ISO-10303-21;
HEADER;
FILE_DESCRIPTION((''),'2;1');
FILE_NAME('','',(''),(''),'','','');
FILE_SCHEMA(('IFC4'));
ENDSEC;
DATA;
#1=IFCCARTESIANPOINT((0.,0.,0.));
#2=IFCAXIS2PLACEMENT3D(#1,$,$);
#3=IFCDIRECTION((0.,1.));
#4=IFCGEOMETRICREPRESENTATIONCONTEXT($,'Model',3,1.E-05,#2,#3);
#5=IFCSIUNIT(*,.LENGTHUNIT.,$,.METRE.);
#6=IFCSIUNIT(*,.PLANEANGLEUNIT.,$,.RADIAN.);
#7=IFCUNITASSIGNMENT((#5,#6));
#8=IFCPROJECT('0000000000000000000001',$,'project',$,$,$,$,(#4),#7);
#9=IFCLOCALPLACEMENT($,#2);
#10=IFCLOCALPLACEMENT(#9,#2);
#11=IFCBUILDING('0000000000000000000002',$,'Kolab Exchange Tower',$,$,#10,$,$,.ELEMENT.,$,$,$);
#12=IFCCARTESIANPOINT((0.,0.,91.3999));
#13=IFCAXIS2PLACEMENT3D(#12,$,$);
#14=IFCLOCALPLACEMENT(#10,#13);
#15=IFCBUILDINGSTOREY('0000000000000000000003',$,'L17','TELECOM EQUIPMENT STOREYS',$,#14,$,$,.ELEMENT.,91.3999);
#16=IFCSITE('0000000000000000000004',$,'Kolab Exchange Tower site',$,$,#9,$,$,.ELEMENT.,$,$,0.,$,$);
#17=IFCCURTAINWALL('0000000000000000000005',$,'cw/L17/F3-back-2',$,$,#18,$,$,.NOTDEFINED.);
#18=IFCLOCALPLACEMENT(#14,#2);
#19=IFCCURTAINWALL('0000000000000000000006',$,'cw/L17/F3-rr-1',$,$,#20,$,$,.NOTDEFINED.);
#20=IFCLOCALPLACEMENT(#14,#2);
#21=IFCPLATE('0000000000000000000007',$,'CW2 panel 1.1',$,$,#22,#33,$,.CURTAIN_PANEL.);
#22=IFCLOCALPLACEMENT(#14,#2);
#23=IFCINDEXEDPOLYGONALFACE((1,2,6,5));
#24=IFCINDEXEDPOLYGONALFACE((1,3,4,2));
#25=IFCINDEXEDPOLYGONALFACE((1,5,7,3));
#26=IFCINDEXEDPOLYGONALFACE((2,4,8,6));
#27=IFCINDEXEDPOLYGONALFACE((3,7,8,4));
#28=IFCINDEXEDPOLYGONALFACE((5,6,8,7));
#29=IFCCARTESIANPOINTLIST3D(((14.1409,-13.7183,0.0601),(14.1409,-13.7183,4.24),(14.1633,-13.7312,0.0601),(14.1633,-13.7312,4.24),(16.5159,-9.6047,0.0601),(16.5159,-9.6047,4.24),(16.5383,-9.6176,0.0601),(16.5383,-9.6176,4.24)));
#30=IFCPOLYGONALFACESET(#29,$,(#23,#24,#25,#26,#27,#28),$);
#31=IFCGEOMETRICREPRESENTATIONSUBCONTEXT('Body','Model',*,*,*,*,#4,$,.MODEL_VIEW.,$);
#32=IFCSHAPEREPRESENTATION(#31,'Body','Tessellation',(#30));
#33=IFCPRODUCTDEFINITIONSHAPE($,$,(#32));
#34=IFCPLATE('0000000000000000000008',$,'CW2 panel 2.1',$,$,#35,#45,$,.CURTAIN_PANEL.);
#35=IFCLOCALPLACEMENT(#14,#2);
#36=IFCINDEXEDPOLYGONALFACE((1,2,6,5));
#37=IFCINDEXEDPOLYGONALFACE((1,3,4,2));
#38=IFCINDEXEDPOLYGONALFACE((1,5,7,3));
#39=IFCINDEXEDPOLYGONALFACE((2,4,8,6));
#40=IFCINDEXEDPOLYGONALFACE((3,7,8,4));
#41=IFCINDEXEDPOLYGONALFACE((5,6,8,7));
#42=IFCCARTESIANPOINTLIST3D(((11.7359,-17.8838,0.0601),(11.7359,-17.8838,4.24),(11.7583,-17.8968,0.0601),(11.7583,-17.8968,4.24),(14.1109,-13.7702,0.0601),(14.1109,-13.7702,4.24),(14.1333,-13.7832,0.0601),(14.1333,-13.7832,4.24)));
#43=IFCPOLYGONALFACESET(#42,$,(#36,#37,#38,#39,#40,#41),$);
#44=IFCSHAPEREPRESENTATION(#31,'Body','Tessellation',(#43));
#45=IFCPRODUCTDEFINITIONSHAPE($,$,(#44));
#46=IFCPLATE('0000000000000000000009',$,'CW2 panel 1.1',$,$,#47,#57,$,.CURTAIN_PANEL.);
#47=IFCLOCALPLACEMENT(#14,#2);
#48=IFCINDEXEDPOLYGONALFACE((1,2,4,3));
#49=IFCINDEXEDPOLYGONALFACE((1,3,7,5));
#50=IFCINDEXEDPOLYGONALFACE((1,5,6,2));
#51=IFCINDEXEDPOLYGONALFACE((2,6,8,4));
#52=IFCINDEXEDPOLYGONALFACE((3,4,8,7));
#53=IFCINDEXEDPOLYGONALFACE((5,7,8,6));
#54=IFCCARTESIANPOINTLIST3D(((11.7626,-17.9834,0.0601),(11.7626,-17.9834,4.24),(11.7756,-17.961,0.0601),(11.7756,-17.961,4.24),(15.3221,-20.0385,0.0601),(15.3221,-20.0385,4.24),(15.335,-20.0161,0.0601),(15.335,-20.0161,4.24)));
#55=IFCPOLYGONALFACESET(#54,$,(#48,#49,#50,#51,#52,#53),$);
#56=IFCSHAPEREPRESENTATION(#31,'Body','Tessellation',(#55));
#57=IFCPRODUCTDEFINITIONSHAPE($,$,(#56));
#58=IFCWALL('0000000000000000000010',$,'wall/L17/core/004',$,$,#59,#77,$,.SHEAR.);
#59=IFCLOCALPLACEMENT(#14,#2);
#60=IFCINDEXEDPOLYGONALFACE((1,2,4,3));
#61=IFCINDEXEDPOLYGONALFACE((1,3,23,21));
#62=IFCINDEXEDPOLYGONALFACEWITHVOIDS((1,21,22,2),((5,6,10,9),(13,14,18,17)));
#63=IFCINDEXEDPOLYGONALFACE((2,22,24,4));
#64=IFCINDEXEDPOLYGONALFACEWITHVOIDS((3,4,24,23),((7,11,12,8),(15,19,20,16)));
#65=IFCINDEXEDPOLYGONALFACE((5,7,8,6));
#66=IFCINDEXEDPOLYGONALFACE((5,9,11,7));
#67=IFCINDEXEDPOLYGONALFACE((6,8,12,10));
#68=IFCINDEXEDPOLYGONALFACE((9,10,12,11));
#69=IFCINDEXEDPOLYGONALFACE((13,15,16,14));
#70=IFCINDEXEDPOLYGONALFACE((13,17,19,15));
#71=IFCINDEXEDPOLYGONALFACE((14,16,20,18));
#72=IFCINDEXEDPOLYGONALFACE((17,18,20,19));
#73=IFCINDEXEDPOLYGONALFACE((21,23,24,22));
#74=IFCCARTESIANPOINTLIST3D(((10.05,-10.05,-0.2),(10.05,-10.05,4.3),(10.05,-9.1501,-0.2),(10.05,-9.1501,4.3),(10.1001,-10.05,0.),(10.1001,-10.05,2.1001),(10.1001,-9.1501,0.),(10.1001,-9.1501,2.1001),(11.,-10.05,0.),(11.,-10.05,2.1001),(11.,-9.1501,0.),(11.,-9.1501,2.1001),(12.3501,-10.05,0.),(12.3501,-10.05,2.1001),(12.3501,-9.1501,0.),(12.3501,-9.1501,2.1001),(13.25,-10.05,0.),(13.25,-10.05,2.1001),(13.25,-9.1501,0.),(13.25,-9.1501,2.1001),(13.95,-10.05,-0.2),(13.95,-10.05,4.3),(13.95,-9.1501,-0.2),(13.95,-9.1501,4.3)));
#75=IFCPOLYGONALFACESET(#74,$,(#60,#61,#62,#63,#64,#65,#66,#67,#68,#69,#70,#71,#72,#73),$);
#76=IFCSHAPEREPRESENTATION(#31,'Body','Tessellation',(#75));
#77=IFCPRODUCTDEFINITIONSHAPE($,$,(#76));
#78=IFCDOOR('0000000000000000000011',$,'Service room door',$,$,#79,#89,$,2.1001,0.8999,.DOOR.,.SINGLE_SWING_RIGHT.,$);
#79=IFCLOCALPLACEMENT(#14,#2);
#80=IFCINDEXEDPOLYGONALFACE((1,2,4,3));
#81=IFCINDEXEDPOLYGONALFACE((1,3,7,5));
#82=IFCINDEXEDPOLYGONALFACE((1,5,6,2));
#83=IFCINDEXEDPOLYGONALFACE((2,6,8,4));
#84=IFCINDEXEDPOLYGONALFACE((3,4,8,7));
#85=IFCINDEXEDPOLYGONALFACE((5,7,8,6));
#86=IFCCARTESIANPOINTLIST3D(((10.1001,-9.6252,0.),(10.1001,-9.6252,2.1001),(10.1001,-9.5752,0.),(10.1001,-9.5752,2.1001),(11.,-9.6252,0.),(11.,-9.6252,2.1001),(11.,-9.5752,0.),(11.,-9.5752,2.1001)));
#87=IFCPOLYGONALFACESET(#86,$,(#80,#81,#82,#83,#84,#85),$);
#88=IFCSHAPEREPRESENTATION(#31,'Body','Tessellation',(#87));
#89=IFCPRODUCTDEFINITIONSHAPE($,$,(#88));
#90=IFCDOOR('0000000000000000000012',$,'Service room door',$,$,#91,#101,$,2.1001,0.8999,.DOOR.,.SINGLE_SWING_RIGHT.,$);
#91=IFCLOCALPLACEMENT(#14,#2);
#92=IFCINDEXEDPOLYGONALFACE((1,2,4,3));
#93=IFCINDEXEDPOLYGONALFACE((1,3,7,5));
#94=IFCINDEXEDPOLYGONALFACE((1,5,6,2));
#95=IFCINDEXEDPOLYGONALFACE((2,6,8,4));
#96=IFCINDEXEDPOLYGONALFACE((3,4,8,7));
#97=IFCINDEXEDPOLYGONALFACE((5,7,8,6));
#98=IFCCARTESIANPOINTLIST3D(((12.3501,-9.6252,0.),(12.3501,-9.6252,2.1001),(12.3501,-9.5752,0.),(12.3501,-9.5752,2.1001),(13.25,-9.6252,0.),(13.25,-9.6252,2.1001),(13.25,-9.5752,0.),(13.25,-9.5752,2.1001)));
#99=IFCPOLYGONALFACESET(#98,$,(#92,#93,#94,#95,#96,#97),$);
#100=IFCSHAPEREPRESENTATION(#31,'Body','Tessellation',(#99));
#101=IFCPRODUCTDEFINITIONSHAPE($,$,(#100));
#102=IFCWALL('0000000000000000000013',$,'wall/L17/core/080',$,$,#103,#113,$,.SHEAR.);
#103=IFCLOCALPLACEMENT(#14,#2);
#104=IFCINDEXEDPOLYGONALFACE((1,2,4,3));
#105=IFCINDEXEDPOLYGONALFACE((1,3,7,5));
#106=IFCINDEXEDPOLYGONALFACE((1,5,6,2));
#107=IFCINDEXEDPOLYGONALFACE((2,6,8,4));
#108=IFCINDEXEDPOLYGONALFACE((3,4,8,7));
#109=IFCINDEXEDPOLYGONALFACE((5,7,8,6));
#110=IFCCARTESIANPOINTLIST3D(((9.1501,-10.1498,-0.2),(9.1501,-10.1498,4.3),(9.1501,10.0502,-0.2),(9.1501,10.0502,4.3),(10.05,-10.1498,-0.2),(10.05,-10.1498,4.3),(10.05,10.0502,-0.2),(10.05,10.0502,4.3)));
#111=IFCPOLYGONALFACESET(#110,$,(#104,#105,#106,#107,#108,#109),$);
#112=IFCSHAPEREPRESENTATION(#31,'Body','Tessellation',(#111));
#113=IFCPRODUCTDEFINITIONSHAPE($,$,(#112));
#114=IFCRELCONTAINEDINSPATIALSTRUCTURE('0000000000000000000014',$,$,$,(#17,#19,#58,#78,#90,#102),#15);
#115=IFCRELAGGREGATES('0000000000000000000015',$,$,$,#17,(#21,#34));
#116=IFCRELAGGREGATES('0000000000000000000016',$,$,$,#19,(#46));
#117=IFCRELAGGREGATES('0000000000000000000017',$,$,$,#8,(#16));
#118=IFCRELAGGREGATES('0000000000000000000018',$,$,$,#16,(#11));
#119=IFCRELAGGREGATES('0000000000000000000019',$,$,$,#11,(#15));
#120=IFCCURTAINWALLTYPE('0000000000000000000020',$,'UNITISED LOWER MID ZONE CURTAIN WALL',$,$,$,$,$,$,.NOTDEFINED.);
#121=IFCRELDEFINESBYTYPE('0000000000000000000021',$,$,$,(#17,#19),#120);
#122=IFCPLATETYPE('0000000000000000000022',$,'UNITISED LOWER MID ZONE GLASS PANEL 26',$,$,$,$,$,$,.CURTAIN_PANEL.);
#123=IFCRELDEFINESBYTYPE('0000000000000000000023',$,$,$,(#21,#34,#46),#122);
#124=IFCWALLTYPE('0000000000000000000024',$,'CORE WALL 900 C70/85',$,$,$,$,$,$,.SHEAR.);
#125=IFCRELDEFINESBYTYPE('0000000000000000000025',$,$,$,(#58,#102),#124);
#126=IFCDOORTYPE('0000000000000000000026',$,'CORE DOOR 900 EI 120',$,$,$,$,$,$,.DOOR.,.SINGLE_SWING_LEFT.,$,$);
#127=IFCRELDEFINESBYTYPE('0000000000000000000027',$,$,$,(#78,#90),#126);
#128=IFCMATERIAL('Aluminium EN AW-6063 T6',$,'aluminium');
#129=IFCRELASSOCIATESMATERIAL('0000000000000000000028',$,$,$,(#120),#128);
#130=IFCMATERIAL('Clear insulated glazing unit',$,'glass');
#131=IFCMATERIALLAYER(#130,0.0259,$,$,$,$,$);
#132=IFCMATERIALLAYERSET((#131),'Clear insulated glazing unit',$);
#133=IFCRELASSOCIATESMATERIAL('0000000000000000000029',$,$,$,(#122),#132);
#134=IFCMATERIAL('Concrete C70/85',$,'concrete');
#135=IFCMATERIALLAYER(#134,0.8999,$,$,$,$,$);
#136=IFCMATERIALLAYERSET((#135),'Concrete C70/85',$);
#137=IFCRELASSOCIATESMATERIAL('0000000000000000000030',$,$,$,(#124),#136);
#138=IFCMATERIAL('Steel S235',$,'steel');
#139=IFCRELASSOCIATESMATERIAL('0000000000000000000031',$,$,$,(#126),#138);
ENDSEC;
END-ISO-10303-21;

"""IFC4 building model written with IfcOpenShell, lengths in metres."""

from ifc_helpers import new_model, si_unit, direction, frame, frame_2d, origin, origin_2d, place, context, subcontext, project, spatial, rectangle, extrude, material, layer, layer_set, type_object, element, fill, aggregate, save


model = new_model("IFC4")

# Units and contexts
model_context = context("Model", 3, precision=1e-05, world=origin(), true_north=direction((0.0, 1.0)))
body_context = subcontext(model_context, "Body", "Model", "MODEL_VIEW")
ifc_project = project(units=[si_unit("LENGTHUNIT", "METRE"), si_unit("PLANEANGLEUNIT", "RADIAN")], contexts=[model_context])

# Site, building, storey
site_placement = place(None, origin())
site = spatial("IfcSite", under=ifc_project, at=site_placement, Name="Kolab Exchange Tower site", CompositionType="ELEMENT", RefElevation=0.0)
building_placement = place(site_placement, origin())
building = spatial("IfcBuilding", under=site, at=building_placement, Name="Kolab Exchange Tower", CompositionType="ELEMENT")
storey_placement = place(building_placement, frame((0.0, 0.0, 91.3999)))
storey = spatial("IfcBuildingStorey", under=building, at=storey_placement, Name="L17", Description="TELECOM EQUIPMENT STOREYS", CompositionType="ELEMENT", Elevation=91.3999)

# Curtain wall
ifc_material_1 = material(Name="Aluminium EN AW-6063 T6", Category="aluminium")
curtain_wall_type = type_object("IfcCurtainWallType", Name="UNITISED LOWER MID ZONE CURTAIN WALL", PredefinedType="NOTDEFINED", material=ifc_material_1)
curtain_wall_1_placement = place(storey_placement, origin())
curtain_wall_1 = element("IfcCurtainWall", 1, at=curtain_wall_1_placement, inside=storey, type_object=curtain_wall_type, Name="cw/L17/F3-back-2", PredefinedType="NOTDEFINED")

# Curtain wall
curtain_wall_2_placement = place(storey_placement, origin())
curtain_wall_2 = element("IfcCurtainWall", 2, at=curtain_wall_2_placement, inside=storey, type_object=curtain_wall_type, Name="cw/L17/F3-rr-1", PredefinedType="NOTDEFINED")

# Plates
ifc_material_2 = material(Name="Clear insulated glazing unit", Category="glass")
ifc_layer_1 = layer(ifc_material_2, 0.0259)
ifc_layer_set_1 = layer_set([ifc_layer_1], Name="Clear insulated glazing unit")
plate_type = type_object("IfcPlateType", Name="UNITISED LOWER MID ZONE GLASS PANEL 26", PredefinedType="CURTAIN_PANEL", material=ifc_layer_set_1)
plate_1_placement = place(storey_placement, frame((15.3396, -11.668, 0.0601), z_axis=(0.0, 0.0, 1.0), x_axis=(-0.5, -0.866025, 0.0)))
plate_1 = element("IfcPlate", 3, at=plate_1_placement, type_object=plate_type, Name="CW2 panel 1.1", PredefinedType="CURTAIN_PANEL", context=body_context, shape_type="SweptSolid", body=[
    extrude(rectangle(XDim=4.75, YDim=0.0259, at=origin_2d()), origin(), (0.0, 0.0, 1.0), 4.1799),
])
plate_2_placement = place(storey_placement, frame((12.9346, -15.8335, 0.0601), z_axis=(0.0, 0.0, 1.0), x_axis=(-0.5, -0.866025, 0.0)))
plate_2 = element("IfcPlate", 4, at=plate_2_placement, type_object=plate_type, Name="CW2 panel 2.1", PredefinedType="CURTAIN_PANEL", context=body_context, shape_type="SweptSolid", body=[
    extrude(rectangle(XDim=4.75, YDim=0.0259, at=origin_2d()), origin(), (0.0, 0.0, 1.0), 4.1799),
])
aggregate(curtain_wall_1, [plate_1, plate_2])
plate_3_placement = place(storey_placement, frame((13.5488, -18.9998, 0.0601), z_axis=(0.0, 0.0, 1.0), x_axis=(0.866025, -0.5, 0.0)))
plate_3 = element("IfcPlate", 5, at=plate_3_placement, type_object=plate_type, Name="CW2 panel 1.1", PredefinedType="CURTAIN_PANEL", context=body_context, shape_type="SweptSolid", body=[
    extrude(rectangle(XDim=4.1101, YDim=0.0259, at=origin_2d()), origin(), (0.0, 0.0, 1.0), 4.1799),
])
aggregate(curtain_wall_2, [plate_3])

# Wall, openings, doors
ifc_material_3 = material(Name="Concrete C70/85", Category="concrete")
ifc_layer_2 = layer(ifc_material_3, 0.8999)
ifc_layer_set_2 = layer_set([ifc_layer_2], Name="Concrete C70/85")
wall_type_1 = type_object("IfcWallType", Name="CORE WALL 900 C70/85", PredefinedType="SHEAR", material=ifc_layer_set_2)
wall_1_placement = place(storey_placement, frame((10.05, -9.6001, -0.2), z_axis=(0.0, 0.0, 1.0), x_axis=(1.0, 0.0, 0.0)))
wall_1 = element("IfcWall", 6, at=wall_1_placement, inside=storey, type_object=wall_type_1, Name="wall/L17/core/004", PredefinedType="SHEAR", context=body_context, shape_type="SweptSolid", body=[
    extrude(rectangle(XDim=3.8999, YDim=0.8999, at=frame_2d((1.95, 0.0))), origin(), (0.0, 0.0, 1.0), 4.5),
])
opening_1_placement = place(wall_1_placement, frame((0.05, 0.0, 0.2)))
opening_1 = element("IfcOpeningElement", 7, at=opening_1_placement, cuts=wall_1, PredefinedType="OPENING", context=body_context, shape_type="SweptSolid", body=[
    extrude(rectangle(XDim=0.8999, YDim=2.1001, at=frame_2d((0.45, 1.05))), frame((0.0, 0.46, 0.0), z_axis=(0.0, -1.0, 0.0), x_axis=(1.0, 0.0, 0.0)), (0.0, 0.0, 1.0), 0.9199),
])
opening_2_placement = place(wall_1_placement, frame((2.3, 0.0, 0.2)))
opening_2 = element("IfcOpeningElement", 8, at=opening_2_placement, cuts=wall_1, PredefinedType="OPENING", context=body_context, shape_type="SweptSolid", body=[
    extrude(rectangle(XDim=0.8999, YDim=2.1001, at=frame_2d((0.45, 1.05))), frame((0.0, 0.46, 0.0), z_axis=(0.0, -1.0, 0.0), x_axis=(1.0, 0.0, 0.0)), (0.0, 0.0, 1.0), 0.9199),
])
ifc_material_4 = material(Name="Steel S235", Category="steel")
door_type_1 = type_object("IfcDoorType", Name="CORE DOOR 900 EI 120", OperationType="SINGLE_SWING_LEFT", PredefinedType="DOOR", material=ifc_material_4)
door_1_placement = place(opening_1_placement, origin())
door_1 = element("IfcDoor", 9, at=door_1_placement, inside=storey, type_object=door_type_1, Name="Service room door", OperationType="SINGLE_SWING_RIGHT", OverallHeight=2.1001, OverallWidth=0.8999, PredefinedType="DOOR", context=body_context, shape_type="SweptSolid", body=[
    extrude(rectangle(XDim=0.8999, YDim=2.1001, at=frame_2d((0.45, 1.05))), frame((0.0, 0.0249, 0.0), z_axis=(0.0, -1.0, 0.0), x_axis=(1.0, 0.0, 0.0)), (0.0, 0.0, 1.0), 0.05),
])
fill(opening_1, door_1)
door_2_placement = place(opening_2_placement, origin())
door_2 = element("IfcDoor", 10, at=door_2_placement, inside=storey, type_object=door_type_1, Name="Service room door", OperationType="SINGLE_SWING_RIGHT", OverallHeight=2.1001, OverallWidth=0.8999, PredefinedType="DOOR", context=body_context, shape_type="SweptSolid", body=[
    extrude(rectangle(XDim=0.8999, YDim=2.1001, at=frame_2d((0.45, 1.05))), frame((0.0, 0.0249, 0.0), z_axis=(0.0, -1.0, 0.0), x_axis=(1.0, 0.0, 0.0)), (0.0, 0.0, 1.0), 0.05),
])
fill(opening_2, door_2)

# Wall
wall_2_placement = place(storey_placement, frame((9.6001, -10.1499, -0.2), z_axis=(0.0, 0.0, 1.0), x_axis=(0.0, 1.0, 0.0)))
element("IfcWall", 11, at=wall_2_placement, inside=storey, type_object=wall_type_1, Name="wall/L17/core/080", PredefinedType="SHEAR", context=body_context, shape_type="SweptSolid", body=[
    extrude(rectangle(XDim=20.2, YDim=0.8999, at=frame_2d((10.1001, 0.0))), origin(), (0.0, 0.0, 1.0), 4.5),
])

save(model, "model.ifc")
